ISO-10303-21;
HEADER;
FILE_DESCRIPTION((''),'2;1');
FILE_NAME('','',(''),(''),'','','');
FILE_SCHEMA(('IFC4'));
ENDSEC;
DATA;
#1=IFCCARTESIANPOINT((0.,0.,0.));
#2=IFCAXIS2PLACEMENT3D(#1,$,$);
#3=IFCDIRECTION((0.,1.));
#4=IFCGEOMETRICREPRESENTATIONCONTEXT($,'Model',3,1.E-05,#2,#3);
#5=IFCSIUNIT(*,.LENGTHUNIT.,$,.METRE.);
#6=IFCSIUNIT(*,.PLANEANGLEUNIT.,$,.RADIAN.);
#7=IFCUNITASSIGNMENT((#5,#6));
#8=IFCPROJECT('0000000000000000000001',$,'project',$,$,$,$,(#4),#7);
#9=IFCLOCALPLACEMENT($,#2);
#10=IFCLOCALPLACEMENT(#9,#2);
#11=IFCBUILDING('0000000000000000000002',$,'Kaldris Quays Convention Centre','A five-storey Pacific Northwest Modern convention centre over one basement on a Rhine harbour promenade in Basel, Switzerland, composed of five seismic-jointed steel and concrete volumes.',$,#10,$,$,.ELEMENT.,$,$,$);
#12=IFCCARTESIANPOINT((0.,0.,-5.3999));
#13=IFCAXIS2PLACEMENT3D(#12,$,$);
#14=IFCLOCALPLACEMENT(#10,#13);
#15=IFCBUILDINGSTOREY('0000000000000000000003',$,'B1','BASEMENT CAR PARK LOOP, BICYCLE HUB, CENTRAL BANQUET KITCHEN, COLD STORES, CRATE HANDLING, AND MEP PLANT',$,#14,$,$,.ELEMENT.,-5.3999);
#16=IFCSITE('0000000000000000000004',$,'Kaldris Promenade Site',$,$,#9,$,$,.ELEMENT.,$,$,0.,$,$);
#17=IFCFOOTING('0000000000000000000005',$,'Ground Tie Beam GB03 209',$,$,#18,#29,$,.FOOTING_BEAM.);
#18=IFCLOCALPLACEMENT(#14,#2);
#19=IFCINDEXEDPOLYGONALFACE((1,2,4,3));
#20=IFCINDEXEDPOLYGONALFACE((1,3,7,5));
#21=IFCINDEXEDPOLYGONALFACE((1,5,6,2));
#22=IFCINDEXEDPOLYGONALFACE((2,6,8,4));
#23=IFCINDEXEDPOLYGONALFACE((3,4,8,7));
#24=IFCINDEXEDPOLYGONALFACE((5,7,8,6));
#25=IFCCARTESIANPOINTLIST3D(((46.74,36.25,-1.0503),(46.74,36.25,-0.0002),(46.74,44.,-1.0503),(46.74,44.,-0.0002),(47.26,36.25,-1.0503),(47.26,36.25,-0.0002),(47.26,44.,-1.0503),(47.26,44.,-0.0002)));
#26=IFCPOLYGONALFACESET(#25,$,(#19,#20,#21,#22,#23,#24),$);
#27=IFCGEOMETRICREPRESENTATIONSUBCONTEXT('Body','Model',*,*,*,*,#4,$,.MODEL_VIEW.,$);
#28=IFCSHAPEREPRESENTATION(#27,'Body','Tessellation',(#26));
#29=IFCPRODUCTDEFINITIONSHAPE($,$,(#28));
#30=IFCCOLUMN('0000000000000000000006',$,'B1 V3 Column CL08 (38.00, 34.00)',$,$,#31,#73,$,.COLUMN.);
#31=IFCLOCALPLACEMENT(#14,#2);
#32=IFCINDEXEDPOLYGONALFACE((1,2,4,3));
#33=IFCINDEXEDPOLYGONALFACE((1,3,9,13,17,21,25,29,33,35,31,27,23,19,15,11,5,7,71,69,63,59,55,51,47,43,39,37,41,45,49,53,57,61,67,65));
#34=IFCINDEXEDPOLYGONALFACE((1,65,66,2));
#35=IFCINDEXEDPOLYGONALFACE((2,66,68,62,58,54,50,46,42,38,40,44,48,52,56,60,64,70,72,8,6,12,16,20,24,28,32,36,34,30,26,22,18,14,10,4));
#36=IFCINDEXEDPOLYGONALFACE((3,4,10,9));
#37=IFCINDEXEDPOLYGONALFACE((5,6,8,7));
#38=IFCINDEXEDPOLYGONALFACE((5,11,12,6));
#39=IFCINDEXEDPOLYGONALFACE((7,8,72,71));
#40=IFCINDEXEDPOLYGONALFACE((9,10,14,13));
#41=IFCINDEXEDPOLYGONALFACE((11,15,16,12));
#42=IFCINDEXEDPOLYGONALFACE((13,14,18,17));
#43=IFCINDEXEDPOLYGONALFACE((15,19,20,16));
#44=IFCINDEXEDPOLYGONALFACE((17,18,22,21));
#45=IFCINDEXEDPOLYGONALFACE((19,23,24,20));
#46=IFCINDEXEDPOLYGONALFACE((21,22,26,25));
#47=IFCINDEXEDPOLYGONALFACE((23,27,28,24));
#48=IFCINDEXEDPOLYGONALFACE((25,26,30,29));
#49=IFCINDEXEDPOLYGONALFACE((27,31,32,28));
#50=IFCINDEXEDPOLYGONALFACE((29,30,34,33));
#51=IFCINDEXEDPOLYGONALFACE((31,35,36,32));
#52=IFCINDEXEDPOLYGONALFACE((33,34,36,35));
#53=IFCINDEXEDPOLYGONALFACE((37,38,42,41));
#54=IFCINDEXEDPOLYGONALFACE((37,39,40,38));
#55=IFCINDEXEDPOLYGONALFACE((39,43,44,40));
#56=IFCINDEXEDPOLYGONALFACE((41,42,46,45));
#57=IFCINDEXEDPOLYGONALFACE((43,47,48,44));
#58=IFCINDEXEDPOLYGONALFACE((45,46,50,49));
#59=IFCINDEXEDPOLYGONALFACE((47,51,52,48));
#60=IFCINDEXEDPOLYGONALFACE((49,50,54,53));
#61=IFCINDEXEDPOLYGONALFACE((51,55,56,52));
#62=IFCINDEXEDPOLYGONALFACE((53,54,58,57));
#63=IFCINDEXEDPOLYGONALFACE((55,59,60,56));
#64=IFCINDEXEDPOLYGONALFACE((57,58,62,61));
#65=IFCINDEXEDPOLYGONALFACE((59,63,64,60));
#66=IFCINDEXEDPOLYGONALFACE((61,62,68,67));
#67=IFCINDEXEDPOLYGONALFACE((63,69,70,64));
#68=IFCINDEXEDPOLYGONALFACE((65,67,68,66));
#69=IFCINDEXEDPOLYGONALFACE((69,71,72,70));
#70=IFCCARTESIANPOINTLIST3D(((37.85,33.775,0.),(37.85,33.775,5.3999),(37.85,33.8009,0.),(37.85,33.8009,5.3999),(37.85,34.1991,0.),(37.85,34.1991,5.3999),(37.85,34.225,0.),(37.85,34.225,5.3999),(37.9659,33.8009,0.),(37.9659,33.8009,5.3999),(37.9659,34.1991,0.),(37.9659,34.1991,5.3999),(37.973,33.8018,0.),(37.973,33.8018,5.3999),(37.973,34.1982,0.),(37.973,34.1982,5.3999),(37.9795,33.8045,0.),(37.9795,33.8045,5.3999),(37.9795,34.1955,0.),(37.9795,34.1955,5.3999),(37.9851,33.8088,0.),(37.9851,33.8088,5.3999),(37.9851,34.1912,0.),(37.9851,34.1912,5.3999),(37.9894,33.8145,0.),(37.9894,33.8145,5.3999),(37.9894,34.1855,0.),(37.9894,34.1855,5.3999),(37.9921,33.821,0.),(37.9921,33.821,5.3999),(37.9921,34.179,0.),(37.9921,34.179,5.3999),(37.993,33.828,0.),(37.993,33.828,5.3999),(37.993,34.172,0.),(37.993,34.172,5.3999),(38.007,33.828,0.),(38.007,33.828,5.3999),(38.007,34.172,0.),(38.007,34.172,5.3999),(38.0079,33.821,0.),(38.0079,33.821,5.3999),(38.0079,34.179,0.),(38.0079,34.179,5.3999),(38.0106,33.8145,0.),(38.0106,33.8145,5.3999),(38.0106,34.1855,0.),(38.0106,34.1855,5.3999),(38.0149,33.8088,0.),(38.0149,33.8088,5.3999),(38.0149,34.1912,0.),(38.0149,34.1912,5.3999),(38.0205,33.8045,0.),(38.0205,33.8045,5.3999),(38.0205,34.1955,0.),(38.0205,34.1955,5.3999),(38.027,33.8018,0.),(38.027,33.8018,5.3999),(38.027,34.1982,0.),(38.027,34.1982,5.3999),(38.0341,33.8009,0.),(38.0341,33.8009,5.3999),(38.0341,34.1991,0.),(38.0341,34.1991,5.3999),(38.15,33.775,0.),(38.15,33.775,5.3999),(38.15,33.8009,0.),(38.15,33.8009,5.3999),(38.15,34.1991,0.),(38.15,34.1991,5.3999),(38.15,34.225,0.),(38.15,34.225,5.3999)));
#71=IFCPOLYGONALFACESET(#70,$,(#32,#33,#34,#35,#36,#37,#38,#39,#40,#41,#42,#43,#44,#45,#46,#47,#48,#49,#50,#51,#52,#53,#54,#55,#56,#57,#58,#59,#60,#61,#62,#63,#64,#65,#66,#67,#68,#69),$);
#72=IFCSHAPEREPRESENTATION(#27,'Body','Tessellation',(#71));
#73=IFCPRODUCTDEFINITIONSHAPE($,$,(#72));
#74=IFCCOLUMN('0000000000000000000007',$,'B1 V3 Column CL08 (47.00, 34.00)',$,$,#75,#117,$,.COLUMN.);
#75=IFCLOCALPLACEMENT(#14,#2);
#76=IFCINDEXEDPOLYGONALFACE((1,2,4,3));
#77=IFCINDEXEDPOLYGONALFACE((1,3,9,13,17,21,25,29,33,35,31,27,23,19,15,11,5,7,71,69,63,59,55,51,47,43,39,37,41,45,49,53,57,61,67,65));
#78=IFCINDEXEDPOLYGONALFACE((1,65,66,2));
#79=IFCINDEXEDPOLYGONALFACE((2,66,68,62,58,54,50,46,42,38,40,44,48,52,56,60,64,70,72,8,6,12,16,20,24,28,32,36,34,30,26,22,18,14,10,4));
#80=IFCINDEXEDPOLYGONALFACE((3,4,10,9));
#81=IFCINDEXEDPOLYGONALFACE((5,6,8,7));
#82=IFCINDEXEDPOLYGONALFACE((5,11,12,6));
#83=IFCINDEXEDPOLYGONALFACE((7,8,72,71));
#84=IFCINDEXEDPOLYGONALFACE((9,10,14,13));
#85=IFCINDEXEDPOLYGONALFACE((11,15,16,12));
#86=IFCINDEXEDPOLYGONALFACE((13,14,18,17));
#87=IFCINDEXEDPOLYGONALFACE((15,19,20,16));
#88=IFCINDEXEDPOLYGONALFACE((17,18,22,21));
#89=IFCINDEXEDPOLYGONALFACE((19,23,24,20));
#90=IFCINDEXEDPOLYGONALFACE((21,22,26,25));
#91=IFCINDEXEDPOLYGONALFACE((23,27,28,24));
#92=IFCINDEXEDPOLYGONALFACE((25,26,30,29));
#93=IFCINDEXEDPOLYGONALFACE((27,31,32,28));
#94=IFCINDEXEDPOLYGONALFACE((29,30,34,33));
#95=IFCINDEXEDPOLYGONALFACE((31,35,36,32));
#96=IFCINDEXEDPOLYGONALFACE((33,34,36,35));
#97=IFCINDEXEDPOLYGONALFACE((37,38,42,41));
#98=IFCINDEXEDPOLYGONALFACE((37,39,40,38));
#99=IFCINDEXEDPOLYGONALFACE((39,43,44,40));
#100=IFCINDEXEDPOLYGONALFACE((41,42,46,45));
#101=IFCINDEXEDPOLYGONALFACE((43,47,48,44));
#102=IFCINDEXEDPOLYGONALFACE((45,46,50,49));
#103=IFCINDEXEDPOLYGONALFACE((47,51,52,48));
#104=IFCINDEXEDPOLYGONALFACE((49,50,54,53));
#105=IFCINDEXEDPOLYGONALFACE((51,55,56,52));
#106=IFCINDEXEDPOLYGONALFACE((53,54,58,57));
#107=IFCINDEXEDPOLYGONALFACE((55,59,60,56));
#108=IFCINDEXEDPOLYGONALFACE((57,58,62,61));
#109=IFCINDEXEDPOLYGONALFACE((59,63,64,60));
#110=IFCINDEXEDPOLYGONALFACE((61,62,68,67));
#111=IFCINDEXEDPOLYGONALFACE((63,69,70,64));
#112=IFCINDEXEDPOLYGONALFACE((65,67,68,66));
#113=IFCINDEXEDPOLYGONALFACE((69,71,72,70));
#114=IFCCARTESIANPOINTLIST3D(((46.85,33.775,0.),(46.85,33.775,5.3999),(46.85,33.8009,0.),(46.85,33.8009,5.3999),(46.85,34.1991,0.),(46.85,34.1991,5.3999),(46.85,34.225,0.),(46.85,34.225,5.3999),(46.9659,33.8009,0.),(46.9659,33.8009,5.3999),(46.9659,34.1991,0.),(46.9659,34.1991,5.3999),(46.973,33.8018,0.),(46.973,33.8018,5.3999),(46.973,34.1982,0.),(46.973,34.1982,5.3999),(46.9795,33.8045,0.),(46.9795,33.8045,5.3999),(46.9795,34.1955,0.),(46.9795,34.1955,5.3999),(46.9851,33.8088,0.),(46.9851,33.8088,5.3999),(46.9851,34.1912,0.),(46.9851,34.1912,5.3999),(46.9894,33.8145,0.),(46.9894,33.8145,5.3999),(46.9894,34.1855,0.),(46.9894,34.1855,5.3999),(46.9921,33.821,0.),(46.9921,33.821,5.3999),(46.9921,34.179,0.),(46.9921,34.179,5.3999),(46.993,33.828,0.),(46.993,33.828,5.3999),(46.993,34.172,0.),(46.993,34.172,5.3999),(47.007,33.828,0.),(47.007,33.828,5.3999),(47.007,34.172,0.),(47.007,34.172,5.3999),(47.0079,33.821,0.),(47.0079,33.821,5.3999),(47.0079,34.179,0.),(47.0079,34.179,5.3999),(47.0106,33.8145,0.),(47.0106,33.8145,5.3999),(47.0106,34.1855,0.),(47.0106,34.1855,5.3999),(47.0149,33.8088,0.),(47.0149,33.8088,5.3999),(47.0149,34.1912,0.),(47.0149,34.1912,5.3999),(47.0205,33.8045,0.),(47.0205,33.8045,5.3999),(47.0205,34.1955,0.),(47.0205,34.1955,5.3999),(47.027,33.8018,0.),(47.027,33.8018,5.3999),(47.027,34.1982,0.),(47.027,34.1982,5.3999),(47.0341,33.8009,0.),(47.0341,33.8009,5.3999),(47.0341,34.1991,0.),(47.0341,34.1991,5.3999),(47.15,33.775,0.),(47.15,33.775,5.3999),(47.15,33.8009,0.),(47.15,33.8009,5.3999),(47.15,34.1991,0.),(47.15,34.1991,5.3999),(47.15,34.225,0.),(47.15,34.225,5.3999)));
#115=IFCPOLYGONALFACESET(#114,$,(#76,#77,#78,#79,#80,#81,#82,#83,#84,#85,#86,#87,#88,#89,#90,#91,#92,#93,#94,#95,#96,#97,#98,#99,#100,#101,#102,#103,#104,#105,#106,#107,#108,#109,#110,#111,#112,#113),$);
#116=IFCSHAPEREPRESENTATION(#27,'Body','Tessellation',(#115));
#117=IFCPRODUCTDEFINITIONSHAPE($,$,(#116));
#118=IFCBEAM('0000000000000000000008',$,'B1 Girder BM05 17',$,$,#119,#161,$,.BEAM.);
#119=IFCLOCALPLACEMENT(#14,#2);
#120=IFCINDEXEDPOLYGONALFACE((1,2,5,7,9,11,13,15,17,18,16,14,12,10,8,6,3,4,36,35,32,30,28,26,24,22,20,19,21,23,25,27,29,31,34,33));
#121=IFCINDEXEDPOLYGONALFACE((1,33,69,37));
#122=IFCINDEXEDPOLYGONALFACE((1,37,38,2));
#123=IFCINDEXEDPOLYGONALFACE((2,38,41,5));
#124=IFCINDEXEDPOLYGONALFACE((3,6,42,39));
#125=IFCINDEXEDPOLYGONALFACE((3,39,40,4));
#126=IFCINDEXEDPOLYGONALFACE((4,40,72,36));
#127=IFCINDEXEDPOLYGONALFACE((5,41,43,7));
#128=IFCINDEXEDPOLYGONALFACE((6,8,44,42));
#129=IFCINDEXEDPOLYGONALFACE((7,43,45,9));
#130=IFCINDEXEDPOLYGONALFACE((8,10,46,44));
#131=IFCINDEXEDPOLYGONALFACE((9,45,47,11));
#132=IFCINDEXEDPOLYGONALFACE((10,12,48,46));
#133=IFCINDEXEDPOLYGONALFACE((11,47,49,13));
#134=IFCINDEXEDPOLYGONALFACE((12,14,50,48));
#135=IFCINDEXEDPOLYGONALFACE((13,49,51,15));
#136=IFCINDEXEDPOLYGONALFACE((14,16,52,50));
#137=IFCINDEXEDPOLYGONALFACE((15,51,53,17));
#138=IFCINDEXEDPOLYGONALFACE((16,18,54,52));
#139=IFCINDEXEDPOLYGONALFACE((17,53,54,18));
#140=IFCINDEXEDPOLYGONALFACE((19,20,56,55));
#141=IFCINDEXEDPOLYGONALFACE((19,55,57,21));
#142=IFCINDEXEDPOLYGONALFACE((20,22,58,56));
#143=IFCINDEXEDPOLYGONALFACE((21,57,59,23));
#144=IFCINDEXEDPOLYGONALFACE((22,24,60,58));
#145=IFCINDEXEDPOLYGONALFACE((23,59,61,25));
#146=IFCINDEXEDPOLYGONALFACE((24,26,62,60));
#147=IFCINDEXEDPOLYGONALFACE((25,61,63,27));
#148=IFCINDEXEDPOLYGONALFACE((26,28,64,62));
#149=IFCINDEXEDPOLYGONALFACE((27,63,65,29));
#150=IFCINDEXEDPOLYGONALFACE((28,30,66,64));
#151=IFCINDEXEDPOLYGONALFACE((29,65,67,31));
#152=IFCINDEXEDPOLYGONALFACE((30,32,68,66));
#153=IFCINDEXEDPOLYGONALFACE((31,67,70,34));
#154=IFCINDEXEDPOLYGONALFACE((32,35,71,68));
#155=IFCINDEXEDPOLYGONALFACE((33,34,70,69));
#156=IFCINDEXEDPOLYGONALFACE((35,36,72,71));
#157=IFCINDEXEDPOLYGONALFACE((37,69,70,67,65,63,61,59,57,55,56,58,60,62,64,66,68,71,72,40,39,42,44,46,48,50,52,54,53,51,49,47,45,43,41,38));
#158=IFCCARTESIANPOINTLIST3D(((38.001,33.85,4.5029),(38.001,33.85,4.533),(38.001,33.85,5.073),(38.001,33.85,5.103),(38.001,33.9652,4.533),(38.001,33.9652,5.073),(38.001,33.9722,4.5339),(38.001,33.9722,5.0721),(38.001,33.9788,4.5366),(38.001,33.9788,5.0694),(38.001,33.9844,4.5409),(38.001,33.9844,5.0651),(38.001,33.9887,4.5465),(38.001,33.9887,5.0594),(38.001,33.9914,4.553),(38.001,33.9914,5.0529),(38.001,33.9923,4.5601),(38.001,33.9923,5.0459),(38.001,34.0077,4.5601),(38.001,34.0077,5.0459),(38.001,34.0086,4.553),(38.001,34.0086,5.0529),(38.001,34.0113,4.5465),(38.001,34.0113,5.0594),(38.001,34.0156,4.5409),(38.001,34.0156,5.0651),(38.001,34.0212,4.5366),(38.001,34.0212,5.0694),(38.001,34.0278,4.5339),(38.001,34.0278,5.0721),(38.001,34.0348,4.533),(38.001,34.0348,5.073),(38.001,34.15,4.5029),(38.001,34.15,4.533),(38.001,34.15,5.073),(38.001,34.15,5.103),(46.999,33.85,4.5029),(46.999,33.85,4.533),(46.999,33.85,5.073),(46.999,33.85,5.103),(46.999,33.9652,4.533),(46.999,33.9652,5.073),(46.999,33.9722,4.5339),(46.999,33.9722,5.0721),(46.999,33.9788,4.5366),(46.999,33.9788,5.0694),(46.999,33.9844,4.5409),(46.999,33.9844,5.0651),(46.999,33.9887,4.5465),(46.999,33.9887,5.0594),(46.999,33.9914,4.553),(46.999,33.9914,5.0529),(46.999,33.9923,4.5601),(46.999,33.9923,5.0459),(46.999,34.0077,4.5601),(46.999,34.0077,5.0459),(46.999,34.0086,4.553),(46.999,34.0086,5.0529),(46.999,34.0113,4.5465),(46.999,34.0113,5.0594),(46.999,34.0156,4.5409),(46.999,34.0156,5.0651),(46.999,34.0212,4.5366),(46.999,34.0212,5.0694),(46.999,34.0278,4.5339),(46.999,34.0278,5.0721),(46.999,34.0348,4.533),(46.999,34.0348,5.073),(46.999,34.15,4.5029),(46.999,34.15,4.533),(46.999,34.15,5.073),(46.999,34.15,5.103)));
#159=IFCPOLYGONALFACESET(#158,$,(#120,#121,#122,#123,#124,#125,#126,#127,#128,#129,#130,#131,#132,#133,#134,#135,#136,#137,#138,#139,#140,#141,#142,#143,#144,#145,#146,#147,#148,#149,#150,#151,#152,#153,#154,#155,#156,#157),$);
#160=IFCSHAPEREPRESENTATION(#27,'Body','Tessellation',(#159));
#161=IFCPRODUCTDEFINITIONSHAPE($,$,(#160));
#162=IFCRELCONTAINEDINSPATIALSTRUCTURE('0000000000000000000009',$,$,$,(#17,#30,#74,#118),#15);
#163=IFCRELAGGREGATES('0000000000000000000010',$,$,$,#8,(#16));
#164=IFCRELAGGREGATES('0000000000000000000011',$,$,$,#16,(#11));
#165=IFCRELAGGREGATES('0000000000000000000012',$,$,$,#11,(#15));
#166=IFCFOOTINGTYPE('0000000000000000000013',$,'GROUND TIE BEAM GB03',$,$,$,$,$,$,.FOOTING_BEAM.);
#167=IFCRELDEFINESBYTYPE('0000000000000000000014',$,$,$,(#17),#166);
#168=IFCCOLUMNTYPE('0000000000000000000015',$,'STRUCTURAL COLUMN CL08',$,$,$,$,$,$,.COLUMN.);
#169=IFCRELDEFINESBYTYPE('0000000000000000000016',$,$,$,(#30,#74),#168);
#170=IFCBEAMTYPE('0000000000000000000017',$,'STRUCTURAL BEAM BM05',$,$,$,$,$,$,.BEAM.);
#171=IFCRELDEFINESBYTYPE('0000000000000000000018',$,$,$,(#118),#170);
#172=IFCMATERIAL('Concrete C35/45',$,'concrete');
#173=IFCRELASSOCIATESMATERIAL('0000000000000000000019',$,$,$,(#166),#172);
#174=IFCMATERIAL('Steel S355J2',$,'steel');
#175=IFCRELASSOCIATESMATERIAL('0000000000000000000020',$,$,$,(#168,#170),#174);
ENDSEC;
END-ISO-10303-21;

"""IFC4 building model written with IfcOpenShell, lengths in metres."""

from ifc_helpers import new_model, si_unit, direction, frame, origin, origin_2d, place, context, subcontext, project, spatial, rectangle, i_section, extrude, material, material_profile, profile_set, type_object, element, save


model = new_model("IFC4")

# Units and contexts
model_context = context("Model", 3, precision=1e-05, world=origin(), true_north=direction((0.0, 1.0)))
body_context = subcontext(model_context, "Body", "Model", "MODEL_VIEW")
ifc_project = project(units=[si_unit("LENGTHUNIT", "METRE"), si_unit("PLANEANGLEUNIT", "RADIAN")], contexts=[model_context])

# Site, building, storey
site_placement = place(None, origin())
site = spatial("IfcSite", under=ifc_project, at=site_placement, Name="Kaldris Promenade Site", CompositionType="ELEMENT", RefElevation=0.0)
building_placement = place(site_placement, origin())
building = spatial("IfcBuilding", under=site, at=building_placement, Name="Kaldris Quays Convention Centre", Description="A five-storey Pacific Northwest Modern convention centre over one basement on a Rhine harbour promenade in Basel, Switzerland, composed of five seismic-jointed steel and concrete volumes.", CompositionType="ELEMENT")
storey_placement = place(building_placement, frame((0.0, 0.0, -5.3999)))
storey = spatial("IfcBuildingStorey", under=building, at=storey_placement, Name="B1", Description="BASEMENT CAR PARK LOOP, BICYCLE HUB, CENTRAL BANQUET KITCHEN, COLD STORES, CRATE HANDLING, AND MEP PLANT", CompositionType="ELEMENT", Elevation=-5.3999)

# Shared definitions
ifc_material_1 = material(Name="Concrete C35/45", Category="concrete")

# Footing
footing_type_1 = type_object("IfcFootingType", Name="GROUND TIE BEAM GB03", PredefinedType="FOOTING_BEAM", material=ifc_material_1)
footing_1_placement = place(storey_placement, frame((47.0, 40.125, -1.0503), z_axis=(0.0, 0.0, 1.0), x_axis=(1.0, 0.0, 0.0)))
element("IfcFooting", 1, at=footing_1_placement, inside=storey, type_object=footing_type_1, Name="Ground Tie Beam GB03 209", PredefinedType="FOOTING_BEAM", context=body_context, shape_type="SweptSolid", body=[
    extrude(rectangle(XDim=0.52, YDim=7.75, at=origin_2d()), origin(), (0.0, 0.0, 1.0), 1.05),
])

# Columns
ifc_material_2 = material(Name="Steel S355J2", Category="steel")
ifc_material_profile_1 = material_profile(ifc_material_2, i_section(OverallWidth=0.3, OverallDepth=0.45, WebThickness=0.0139, FlangeThickness=0.0259, FilletRadius=0.0271, at=origin_2d()), Name="HEB 450")
ifc_profile_set_1 = profile_set([ifc_material_profile_1], Name="Steel S355J2")
column_type = type_object("IfcColumnType", Name="STRUCTURAL COLUMN CL08", PredefinedType="COLUMN", material=ifc_profile_set_1)
for number, where, z_axis, x_axis, name in (
    (2, (38.0, 34.0, 0.0), (0.0, 0.0, 1.0), (1.0, 0.0, 0.0), "B1 V3 Column CL08 (38.00, 34.00)"),
    (3, (47.0, 34.0, 0.0), (0.0, 0.0, 1.0), (1.0, 0.0, 0.0), "B1 V3 Column CL08 (47.00, 34.00)"),
):
    element("IfcColumn", number, at=place(storey_placement, frame(where, z_axis=z_axis, x_axis=x_axis)), inside=storey, type_object=column_type, Name=name, PredefinedType="COLUMN", context=body_context, shape_type="SweptSolid", body=[
        extrude(i_section(OverallWidth=0.3, OverallDepth=0.45, WebThickness=0.0139, FlangeThickness=0.0259, FilletRadius=0.0271, at=origin_2d()), origin(), (0.0, 0.0, 1.0), 5.3999),
    ])

# Beam
ifc_material_profile_2 = material_profile(ifc_material_2, i_section(OverallWidth=0.3, OverallDepth=0.6001, WebThickness=0.0154, FlangeThickness=0.03, FilletRadius=0.0271, at=origin_2d()), Name="HEB 600")
ifc_profile_set_2 = profile_set([ifc_material_profile_2], Name="Steel S355J2")
beam_type_1 = type_object("IfcBeamType", Name="STRUCTURAL BEAM BM05", PredefinedType="BEAM", material=ifc_profile_set_2)
for number, where, z_axis, x_axis, name in (
    (4, (38.001, 34.0, 4.803), (1.0, 0.0, 0.0), (0.0, 1.0, 0.0), "B1 Girder BM05 17"),
):
    element("IfcBeam", number, at=place(storey_placement, frame(where, z_axis=z_axis, x_axis=x_axis)), inside=storey, type_object=beam_type_1, Name=name, PredefinedType="BEAM", context=body_context, shape_type="SweptSolid", body=[
        extrude(i_section(OverallWidth=0.3, OverallDepth=0.6001, WebThickness=0.0154, FlangeThickness=0.03, FilletRadius=0.0271, at=origin_2d()), origin(), (0.0, 0.0, 1.0), 8.998),
    ])

save(model, "model.ifc")
